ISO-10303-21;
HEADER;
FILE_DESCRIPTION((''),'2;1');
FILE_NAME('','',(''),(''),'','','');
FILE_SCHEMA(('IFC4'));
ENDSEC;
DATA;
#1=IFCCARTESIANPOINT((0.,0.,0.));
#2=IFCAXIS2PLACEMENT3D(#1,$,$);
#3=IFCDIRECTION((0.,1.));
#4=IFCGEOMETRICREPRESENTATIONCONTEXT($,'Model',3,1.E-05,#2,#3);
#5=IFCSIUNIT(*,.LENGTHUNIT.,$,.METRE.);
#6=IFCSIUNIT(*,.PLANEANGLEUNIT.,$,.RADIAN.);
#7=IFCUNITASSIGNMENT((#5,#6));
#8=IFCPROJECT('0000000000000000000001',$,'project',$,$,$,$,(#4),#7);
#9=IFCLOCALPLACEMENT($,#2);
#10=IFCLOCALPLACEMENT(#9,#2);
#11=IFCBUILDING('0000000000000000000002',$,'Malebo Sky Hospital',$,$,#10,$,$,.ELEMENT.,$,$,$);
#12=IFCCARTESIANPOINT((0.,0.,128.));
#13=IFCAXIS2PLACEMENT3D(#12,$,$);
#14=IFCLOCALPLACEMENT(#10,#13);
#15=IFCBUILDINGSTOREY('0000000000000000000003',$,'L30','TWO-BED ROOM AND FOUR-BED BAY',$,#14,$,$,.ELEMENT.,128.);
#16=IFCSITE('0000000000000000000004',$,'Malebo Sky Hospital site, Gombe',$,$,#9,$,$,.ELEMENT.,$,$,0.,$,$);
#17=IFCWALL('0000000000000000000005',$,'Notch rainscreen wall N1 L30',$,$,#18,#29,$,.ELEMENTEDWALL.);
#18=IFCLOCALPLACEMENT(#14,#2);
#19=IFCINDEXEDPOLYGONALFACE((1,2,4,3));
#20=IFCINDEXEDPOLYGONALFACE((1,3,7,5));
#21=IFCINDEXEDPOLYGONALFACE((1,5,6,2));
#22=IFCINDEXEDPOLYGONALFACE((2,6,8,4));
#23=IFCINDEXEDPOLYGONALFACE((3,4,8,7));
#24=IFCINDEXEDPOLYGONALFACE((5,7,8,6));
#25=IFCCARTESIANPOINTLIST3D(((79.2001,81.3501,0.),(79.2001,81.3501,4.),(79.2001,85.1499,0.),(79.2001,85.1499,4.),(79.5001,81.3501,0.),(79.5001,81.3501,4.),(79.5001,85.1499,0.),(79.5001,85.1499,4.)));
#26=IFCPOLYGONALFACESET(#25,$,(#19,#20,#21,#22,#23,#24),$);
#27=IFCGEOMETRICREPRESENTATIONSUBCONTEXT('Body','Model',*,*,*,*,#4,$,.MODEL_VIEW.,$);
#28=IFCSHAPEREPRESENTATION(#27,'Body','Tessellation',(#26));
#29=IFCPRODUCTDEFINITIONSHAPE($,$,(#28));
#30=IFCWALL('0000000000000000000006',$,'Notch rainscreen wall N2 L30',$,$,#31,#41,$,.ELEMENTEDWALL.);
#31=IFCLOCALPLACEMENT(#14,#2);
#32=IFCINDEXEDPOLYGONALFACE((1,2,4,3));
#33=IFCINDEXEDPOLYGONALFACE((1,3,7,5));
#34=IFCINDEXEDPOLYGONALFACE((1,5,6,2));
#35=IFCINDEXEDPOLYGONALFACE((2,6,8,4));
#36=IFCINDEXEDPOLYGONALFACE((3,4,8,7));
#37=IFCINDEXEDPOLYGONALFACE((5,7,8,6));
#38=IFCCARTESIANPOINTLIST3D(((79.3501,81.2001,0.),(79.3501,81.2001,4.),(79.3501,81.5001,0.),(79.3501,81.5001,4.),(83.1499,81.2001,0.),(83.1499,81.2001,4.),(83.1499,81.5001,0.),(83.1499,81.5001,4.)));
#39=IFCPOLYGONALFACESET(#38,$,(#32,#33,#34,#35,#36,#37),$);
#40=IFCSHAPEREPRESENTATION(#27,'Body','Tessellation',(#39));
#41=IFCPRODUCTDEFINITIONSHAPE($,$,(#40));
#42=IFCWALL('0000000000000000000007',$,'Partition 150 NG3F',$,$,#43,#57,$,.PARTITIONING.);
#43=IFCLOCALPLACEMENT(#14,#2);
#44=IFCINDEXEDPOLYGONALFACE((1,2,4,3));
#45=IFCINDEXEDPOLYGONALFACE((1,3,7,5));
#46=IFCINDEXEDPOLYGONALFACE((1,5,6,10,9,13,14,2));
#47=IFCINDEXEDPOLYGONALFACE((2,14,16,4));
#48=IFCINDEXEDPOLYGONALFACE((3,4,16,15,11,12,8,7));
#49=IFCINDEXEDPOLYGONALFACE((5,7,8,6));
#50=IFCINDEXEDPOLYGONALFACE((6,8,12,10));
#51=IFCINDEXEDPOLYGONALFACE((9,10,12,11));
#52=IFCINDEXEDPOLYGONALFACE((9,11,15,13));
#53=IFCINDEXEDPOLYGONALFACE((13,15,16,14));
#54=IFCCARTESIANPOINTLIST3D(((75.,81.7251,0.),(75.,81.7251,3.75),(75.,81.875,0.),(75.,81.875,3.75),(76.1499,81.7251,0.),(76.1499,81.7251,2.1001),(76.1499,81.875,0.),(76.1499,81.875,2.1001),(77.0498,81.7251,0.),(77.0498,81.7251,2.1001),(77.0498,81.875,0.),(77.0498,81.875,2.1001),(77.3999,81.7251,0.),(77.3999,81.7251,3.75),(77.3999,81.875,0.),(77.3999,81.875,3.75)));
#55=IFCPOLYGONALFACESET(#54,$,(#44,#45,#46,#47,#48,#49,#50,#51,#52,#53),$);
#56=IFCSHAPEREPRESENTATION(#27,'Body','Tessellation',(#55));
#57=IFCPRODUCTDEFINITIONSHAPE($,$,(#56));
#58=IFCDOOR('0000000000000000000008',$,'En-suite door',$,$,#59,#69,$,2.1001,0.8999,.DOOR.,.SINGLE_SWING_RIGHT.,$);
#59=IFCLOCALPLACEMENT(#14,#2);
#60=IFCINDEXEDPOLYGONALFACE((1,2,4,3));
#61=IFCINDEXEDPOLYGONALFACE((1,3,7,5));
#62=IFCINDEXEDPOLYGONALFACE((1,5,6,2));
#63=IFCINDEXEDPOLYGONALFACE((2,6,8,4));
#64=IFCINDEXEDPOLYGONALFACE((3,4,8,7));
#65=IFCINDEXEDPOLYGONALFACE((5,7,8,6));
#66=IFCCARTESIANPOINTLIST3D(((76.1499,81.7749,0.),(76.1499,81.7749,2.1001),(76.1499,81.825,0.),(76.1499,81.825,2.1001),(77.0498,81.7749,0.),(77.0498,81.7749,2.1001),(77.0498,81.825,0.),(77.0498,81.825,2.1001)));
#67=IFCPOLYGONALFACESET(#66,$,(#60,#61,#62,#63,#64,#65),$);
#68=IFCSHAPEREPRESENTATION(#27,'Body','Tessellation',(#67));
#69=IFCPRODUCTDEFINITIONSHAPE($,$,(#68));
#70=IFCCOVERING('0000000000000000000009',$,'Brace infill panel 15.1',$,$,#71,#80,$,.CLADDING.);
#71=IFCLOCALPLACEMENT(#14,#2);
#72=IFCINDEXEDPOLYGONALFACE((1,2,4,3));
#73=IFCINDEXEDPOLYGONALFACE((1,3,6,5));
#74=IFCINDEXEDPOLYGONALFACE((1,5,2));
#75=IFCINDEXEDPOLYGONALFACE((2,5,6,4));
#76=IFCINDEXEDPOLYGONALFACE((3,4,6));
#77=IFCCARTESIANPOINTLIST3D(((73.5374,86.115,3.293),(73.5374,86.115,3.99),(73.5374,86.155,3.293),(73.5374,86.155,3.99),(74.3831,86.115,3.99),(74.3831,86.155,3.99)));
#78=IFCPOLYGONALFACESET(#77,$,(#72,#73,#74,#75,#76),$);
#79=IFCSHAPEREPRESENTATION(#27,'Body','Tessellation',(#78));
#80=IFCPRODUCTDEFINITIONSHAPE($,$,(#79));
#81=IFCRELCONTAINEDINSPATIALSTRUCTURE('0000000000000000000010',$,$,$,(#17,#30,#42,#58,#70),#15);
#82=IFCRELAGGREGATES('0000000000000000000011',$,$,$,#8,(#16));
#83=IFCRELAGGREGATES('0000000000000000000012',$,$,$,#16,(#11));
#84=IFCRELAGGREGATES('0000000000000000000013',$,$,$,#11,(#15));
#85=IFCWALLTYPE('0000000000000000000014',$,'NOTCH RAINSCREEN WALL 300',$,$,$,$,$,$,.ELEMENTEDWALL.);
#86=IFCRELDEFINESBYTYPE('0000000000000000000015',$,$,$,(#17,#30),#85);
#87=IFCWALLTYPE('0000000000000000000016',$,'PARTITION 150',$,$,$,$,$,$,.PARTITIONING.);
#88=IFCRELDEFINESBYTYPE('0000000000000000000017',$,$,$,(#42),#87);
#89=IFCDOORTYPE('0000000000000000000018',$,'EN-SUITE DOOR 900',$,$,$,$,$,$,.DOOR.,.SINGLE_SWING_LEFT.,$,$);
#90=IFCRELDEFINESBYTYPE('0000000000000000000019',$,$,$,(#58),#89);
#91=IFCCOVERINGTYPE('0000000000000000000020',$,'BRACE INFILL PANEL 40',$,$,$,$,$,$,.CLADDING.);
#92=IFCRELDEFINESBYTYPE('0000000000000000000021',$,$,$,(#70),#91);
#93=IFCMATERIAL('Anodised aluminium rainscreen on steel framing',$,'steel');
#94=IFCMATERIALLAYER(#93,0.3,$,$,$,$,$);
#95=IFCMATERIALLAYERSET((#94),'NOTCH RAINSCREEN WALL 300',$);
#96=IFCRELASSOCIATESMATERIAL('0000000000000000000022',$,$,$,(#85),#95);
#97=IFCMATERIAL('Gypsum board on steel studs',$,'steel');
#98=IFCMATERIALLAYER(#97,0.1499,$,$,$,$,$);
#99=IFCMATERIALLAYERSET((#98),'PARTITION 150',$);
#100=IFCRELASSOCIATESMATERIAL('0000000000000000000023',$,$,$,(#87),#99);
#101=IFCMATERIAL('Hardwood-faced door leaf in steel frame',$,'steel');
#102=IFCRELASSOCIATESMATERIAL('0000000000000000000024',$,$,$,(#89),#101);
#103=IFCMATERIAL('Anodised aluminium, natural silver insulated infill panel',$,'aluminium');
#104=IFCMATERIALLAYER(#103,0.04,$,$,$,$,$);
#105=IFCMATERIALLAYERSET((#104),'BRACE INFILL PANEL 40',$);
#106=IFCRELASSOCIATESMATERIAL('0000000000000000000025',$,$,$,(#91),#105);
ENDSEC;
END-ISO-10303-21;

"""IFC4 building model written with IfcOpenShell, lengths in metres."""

from ifc_helpers import new_model, si_unit, direction, frame, frame_2d, origin, place, context, subcontext, project, spatial, polyline, rectangle, outline, extrude, material, layer, layer_set, type_object, element, fill, save


model = new_model("IFC4")

# Units and contexts
model_context = context("Model", 3, precision=1e-05, world=origin(), true_north=direction((0.0, 1.0)))
body_context = subcontext(model_context, "Body", "Model", "MODEL_VIEW")
ifc_project = project(units=[si_unit("LENGTHUNIT", "METRE"), si_unit("PLANEANGLEUNIT", "RADIAN")], contexts=[model_context])

# Site, building, storey
site_placement = place(None, origin())
site = spatial("IfcSite", under=ifc_project, at=site_placement, Name="Malebo Sky Hospital site, Gombe", CompositionType="ELEMENT", RefElevation=0.0)
building_placement = place(site_placement, origin())
building = spatial("IfcBuilding", under=site, at=building_placement, Name="Malebo Sky Hospital", CompositionType="ELEMENT")
storey_placement = place(building_placement, frame((0.0, 0.0, 128.0)))
storey = spatial("IfcBuildingStorey", under=building, at=storey_placement, Name="L30", Description="TWO-BED ROOM AND FOUR-BED BAY", CompositionType="ELEMENT", Elevation=128.0)

# Walls
ifc_material_1 = material(Name="Anodised aluminium rainscreen on steel framing", Category="steel")
ifc_layer_1 = layer(ifc_material_1, 0.3)
ifc_layer_set_1 = layer_set([ifc_layer_1], Name="NOTCH RAINSCREEN WALL 300")
wall_type_1 = type_object("IfcWallType", Name="NOTCH RAINSCREEN WALL 300", PredefinedType="ELEMENTEDWALL", material=ifc_layer_set_1)
for number, where, z_axis, x_axis, name in (
    (1, (79.3501, 85.1499, 0.0), (0.0, 0.0, 1.0), (0.0, -1.0, 0.0), "Notch rainscreen wall N1 L30"),
    (2, (79.3501, 81.3501, 0.0), (0.0, 0.0, 1.0), (1.0, 0.0, 0.0), "Notch rainscreen wall N2 L30"),
):
    element("IfcWall", number, at=place(storey_placement, frame(where, z_axis=z_axis, x_axis=x_axis)), inside=storey, type_object=wall_type_1, Name=name, PredefinedType="ELEMENTEDWALL", context=body_context, shape_type="SweptSolid", body=[
        extrude(rectangle(XDim=3.7998, YDim=0.3, at=frame_2d((1.8999, 0.0))), origin(), (0.0, 0.0, 1.0), 4.0),
    ])

# Wall, opening, door
ifc_material_2 = material(Name="Gypsum board on steel studs", Category="steel")
ifc_layer_2 = layer(ifc_material_2, 0.1499)
ifc_layer_set_2 = layer_set([ifc_layer_2], Name="PARTITION 150")
wall_type_2 = type_object("IfcWallType", Name="PARTITION 150", PredefinedType="PARTITIONING", material=ifc_layer_set_2)
wall_placement = place(storey_placement, frame((75.0, 81.8, 0.0), z_axis=(0.0, 0.0, 1.0), x_axis=(1.0, 0.0, 0.0)))
wall = element("IfcWall", 3, at=wall_placement, inside=storey, type_object=wall_type_2, Name="Partition 150 NG3F", PredefinedType="PARTITIONING", context=body_context, shape_type="SweptSolid", body=[
    extrude(rectangle(XDim=2.3999, YDim=0.1499, at=frame_2d((1.2, 0.0))), origin(), (0.0, 0.0, 1.0), 3.75),
])
opening_placement = place(wall_placement, frame((1.1499, 0.0, 0.0)))
opening = element("IfcOpeningElement", 4, at=opening_placement, cuts=wall, PredefinedType="OPENING", context=body_context, shape_type="SweptSolid", body=[
    extrude(rectangle(XDim=0.8999, YDim=2.1001, at=frame_2d((0.45, 1.05))), frame((0.0, 0.085, 0.0), z_axis=(0.0, -1.0, 0.0), x_axis=(1.0, 0.0, 0.0)), (0.0, 0.0, 1.0), 0.1699),
])
ifc_material_3 = material(Name="Hardwood-faced door leaf in steel frame", Category="steel")
door_type = type_object("IfcDoorType", Name="EN-SUITE DOOR 900", OperationType="SINGLE_SWING_LEFT", PredefinedType="DOOR", material=ifc_material_3)
door_placement = place(opening_placement, origin())
door = element("IfcDoor", 5, at=door_placement, inside=storey, type_object=door_type, Name="En-suite door", OperationType="SINGLE_SWING_RIGHT", OverallHeight=2.1001, OverallWidth=0.8999, PredefinedType="DOOR", context=body_context, shape_type="SweptSolid", body=[
    extrude(rectangle(XDim=0.8999, YDim=2.1001, at=frame_2d((0.45, 1.05))), frame((0.0, 0.0249, 0.0), z_axis=(0.0, -1.0, 0.0), x_axis=(1.0, 0.0, 0.0)), (0.0, 0.0, 1.0), 0.05),
])
fill(opening, door)

# Covering
ifc_material_4 = material(Name="Anodised aluminium, natural silver insulated infill panel", Category="aluminium")
ifc_layer_3 = layer(ifc_material_4, 0.04)
ifc_layer_set_3 = layer_set([ifc_layer_3], Name="BRACE INFILL PANEL 40")
covering_type = type_object("IfcCoveringType", Name="BRACE INFILL PANEL 40", PredefinedType="CLADDING", material=ifc_layer_set_3)
covering_placement = place(storey_placement, frame((73.9602, 86.135, 3.293), z_axis=(0.0, 0.0, 1.0), x_axis=(1.0, 0.0, 0.0)))
element("IfcCovering", 6, at=covering_placement, inside=storey, type_object=covering_type, Name="Brace infill panel 15.1", PredefinedType="CLADDING", context=body_context, shape_type="SweptSolid", body=[
    extrude(outline(polyline([(-0.4229, 0.0), (0.4229, 0.697), (-0.4229, 0.697), (-0.4229, 0.0)])), frame((0.0, 0.02, 0.0), z_axis=(0.0, -1.0, 0.0), x_axis=(1.0, 0.0, 0.0)), (0.0, 0.0, 1.0), 0.04),
])

save(model, "model.ifc")
